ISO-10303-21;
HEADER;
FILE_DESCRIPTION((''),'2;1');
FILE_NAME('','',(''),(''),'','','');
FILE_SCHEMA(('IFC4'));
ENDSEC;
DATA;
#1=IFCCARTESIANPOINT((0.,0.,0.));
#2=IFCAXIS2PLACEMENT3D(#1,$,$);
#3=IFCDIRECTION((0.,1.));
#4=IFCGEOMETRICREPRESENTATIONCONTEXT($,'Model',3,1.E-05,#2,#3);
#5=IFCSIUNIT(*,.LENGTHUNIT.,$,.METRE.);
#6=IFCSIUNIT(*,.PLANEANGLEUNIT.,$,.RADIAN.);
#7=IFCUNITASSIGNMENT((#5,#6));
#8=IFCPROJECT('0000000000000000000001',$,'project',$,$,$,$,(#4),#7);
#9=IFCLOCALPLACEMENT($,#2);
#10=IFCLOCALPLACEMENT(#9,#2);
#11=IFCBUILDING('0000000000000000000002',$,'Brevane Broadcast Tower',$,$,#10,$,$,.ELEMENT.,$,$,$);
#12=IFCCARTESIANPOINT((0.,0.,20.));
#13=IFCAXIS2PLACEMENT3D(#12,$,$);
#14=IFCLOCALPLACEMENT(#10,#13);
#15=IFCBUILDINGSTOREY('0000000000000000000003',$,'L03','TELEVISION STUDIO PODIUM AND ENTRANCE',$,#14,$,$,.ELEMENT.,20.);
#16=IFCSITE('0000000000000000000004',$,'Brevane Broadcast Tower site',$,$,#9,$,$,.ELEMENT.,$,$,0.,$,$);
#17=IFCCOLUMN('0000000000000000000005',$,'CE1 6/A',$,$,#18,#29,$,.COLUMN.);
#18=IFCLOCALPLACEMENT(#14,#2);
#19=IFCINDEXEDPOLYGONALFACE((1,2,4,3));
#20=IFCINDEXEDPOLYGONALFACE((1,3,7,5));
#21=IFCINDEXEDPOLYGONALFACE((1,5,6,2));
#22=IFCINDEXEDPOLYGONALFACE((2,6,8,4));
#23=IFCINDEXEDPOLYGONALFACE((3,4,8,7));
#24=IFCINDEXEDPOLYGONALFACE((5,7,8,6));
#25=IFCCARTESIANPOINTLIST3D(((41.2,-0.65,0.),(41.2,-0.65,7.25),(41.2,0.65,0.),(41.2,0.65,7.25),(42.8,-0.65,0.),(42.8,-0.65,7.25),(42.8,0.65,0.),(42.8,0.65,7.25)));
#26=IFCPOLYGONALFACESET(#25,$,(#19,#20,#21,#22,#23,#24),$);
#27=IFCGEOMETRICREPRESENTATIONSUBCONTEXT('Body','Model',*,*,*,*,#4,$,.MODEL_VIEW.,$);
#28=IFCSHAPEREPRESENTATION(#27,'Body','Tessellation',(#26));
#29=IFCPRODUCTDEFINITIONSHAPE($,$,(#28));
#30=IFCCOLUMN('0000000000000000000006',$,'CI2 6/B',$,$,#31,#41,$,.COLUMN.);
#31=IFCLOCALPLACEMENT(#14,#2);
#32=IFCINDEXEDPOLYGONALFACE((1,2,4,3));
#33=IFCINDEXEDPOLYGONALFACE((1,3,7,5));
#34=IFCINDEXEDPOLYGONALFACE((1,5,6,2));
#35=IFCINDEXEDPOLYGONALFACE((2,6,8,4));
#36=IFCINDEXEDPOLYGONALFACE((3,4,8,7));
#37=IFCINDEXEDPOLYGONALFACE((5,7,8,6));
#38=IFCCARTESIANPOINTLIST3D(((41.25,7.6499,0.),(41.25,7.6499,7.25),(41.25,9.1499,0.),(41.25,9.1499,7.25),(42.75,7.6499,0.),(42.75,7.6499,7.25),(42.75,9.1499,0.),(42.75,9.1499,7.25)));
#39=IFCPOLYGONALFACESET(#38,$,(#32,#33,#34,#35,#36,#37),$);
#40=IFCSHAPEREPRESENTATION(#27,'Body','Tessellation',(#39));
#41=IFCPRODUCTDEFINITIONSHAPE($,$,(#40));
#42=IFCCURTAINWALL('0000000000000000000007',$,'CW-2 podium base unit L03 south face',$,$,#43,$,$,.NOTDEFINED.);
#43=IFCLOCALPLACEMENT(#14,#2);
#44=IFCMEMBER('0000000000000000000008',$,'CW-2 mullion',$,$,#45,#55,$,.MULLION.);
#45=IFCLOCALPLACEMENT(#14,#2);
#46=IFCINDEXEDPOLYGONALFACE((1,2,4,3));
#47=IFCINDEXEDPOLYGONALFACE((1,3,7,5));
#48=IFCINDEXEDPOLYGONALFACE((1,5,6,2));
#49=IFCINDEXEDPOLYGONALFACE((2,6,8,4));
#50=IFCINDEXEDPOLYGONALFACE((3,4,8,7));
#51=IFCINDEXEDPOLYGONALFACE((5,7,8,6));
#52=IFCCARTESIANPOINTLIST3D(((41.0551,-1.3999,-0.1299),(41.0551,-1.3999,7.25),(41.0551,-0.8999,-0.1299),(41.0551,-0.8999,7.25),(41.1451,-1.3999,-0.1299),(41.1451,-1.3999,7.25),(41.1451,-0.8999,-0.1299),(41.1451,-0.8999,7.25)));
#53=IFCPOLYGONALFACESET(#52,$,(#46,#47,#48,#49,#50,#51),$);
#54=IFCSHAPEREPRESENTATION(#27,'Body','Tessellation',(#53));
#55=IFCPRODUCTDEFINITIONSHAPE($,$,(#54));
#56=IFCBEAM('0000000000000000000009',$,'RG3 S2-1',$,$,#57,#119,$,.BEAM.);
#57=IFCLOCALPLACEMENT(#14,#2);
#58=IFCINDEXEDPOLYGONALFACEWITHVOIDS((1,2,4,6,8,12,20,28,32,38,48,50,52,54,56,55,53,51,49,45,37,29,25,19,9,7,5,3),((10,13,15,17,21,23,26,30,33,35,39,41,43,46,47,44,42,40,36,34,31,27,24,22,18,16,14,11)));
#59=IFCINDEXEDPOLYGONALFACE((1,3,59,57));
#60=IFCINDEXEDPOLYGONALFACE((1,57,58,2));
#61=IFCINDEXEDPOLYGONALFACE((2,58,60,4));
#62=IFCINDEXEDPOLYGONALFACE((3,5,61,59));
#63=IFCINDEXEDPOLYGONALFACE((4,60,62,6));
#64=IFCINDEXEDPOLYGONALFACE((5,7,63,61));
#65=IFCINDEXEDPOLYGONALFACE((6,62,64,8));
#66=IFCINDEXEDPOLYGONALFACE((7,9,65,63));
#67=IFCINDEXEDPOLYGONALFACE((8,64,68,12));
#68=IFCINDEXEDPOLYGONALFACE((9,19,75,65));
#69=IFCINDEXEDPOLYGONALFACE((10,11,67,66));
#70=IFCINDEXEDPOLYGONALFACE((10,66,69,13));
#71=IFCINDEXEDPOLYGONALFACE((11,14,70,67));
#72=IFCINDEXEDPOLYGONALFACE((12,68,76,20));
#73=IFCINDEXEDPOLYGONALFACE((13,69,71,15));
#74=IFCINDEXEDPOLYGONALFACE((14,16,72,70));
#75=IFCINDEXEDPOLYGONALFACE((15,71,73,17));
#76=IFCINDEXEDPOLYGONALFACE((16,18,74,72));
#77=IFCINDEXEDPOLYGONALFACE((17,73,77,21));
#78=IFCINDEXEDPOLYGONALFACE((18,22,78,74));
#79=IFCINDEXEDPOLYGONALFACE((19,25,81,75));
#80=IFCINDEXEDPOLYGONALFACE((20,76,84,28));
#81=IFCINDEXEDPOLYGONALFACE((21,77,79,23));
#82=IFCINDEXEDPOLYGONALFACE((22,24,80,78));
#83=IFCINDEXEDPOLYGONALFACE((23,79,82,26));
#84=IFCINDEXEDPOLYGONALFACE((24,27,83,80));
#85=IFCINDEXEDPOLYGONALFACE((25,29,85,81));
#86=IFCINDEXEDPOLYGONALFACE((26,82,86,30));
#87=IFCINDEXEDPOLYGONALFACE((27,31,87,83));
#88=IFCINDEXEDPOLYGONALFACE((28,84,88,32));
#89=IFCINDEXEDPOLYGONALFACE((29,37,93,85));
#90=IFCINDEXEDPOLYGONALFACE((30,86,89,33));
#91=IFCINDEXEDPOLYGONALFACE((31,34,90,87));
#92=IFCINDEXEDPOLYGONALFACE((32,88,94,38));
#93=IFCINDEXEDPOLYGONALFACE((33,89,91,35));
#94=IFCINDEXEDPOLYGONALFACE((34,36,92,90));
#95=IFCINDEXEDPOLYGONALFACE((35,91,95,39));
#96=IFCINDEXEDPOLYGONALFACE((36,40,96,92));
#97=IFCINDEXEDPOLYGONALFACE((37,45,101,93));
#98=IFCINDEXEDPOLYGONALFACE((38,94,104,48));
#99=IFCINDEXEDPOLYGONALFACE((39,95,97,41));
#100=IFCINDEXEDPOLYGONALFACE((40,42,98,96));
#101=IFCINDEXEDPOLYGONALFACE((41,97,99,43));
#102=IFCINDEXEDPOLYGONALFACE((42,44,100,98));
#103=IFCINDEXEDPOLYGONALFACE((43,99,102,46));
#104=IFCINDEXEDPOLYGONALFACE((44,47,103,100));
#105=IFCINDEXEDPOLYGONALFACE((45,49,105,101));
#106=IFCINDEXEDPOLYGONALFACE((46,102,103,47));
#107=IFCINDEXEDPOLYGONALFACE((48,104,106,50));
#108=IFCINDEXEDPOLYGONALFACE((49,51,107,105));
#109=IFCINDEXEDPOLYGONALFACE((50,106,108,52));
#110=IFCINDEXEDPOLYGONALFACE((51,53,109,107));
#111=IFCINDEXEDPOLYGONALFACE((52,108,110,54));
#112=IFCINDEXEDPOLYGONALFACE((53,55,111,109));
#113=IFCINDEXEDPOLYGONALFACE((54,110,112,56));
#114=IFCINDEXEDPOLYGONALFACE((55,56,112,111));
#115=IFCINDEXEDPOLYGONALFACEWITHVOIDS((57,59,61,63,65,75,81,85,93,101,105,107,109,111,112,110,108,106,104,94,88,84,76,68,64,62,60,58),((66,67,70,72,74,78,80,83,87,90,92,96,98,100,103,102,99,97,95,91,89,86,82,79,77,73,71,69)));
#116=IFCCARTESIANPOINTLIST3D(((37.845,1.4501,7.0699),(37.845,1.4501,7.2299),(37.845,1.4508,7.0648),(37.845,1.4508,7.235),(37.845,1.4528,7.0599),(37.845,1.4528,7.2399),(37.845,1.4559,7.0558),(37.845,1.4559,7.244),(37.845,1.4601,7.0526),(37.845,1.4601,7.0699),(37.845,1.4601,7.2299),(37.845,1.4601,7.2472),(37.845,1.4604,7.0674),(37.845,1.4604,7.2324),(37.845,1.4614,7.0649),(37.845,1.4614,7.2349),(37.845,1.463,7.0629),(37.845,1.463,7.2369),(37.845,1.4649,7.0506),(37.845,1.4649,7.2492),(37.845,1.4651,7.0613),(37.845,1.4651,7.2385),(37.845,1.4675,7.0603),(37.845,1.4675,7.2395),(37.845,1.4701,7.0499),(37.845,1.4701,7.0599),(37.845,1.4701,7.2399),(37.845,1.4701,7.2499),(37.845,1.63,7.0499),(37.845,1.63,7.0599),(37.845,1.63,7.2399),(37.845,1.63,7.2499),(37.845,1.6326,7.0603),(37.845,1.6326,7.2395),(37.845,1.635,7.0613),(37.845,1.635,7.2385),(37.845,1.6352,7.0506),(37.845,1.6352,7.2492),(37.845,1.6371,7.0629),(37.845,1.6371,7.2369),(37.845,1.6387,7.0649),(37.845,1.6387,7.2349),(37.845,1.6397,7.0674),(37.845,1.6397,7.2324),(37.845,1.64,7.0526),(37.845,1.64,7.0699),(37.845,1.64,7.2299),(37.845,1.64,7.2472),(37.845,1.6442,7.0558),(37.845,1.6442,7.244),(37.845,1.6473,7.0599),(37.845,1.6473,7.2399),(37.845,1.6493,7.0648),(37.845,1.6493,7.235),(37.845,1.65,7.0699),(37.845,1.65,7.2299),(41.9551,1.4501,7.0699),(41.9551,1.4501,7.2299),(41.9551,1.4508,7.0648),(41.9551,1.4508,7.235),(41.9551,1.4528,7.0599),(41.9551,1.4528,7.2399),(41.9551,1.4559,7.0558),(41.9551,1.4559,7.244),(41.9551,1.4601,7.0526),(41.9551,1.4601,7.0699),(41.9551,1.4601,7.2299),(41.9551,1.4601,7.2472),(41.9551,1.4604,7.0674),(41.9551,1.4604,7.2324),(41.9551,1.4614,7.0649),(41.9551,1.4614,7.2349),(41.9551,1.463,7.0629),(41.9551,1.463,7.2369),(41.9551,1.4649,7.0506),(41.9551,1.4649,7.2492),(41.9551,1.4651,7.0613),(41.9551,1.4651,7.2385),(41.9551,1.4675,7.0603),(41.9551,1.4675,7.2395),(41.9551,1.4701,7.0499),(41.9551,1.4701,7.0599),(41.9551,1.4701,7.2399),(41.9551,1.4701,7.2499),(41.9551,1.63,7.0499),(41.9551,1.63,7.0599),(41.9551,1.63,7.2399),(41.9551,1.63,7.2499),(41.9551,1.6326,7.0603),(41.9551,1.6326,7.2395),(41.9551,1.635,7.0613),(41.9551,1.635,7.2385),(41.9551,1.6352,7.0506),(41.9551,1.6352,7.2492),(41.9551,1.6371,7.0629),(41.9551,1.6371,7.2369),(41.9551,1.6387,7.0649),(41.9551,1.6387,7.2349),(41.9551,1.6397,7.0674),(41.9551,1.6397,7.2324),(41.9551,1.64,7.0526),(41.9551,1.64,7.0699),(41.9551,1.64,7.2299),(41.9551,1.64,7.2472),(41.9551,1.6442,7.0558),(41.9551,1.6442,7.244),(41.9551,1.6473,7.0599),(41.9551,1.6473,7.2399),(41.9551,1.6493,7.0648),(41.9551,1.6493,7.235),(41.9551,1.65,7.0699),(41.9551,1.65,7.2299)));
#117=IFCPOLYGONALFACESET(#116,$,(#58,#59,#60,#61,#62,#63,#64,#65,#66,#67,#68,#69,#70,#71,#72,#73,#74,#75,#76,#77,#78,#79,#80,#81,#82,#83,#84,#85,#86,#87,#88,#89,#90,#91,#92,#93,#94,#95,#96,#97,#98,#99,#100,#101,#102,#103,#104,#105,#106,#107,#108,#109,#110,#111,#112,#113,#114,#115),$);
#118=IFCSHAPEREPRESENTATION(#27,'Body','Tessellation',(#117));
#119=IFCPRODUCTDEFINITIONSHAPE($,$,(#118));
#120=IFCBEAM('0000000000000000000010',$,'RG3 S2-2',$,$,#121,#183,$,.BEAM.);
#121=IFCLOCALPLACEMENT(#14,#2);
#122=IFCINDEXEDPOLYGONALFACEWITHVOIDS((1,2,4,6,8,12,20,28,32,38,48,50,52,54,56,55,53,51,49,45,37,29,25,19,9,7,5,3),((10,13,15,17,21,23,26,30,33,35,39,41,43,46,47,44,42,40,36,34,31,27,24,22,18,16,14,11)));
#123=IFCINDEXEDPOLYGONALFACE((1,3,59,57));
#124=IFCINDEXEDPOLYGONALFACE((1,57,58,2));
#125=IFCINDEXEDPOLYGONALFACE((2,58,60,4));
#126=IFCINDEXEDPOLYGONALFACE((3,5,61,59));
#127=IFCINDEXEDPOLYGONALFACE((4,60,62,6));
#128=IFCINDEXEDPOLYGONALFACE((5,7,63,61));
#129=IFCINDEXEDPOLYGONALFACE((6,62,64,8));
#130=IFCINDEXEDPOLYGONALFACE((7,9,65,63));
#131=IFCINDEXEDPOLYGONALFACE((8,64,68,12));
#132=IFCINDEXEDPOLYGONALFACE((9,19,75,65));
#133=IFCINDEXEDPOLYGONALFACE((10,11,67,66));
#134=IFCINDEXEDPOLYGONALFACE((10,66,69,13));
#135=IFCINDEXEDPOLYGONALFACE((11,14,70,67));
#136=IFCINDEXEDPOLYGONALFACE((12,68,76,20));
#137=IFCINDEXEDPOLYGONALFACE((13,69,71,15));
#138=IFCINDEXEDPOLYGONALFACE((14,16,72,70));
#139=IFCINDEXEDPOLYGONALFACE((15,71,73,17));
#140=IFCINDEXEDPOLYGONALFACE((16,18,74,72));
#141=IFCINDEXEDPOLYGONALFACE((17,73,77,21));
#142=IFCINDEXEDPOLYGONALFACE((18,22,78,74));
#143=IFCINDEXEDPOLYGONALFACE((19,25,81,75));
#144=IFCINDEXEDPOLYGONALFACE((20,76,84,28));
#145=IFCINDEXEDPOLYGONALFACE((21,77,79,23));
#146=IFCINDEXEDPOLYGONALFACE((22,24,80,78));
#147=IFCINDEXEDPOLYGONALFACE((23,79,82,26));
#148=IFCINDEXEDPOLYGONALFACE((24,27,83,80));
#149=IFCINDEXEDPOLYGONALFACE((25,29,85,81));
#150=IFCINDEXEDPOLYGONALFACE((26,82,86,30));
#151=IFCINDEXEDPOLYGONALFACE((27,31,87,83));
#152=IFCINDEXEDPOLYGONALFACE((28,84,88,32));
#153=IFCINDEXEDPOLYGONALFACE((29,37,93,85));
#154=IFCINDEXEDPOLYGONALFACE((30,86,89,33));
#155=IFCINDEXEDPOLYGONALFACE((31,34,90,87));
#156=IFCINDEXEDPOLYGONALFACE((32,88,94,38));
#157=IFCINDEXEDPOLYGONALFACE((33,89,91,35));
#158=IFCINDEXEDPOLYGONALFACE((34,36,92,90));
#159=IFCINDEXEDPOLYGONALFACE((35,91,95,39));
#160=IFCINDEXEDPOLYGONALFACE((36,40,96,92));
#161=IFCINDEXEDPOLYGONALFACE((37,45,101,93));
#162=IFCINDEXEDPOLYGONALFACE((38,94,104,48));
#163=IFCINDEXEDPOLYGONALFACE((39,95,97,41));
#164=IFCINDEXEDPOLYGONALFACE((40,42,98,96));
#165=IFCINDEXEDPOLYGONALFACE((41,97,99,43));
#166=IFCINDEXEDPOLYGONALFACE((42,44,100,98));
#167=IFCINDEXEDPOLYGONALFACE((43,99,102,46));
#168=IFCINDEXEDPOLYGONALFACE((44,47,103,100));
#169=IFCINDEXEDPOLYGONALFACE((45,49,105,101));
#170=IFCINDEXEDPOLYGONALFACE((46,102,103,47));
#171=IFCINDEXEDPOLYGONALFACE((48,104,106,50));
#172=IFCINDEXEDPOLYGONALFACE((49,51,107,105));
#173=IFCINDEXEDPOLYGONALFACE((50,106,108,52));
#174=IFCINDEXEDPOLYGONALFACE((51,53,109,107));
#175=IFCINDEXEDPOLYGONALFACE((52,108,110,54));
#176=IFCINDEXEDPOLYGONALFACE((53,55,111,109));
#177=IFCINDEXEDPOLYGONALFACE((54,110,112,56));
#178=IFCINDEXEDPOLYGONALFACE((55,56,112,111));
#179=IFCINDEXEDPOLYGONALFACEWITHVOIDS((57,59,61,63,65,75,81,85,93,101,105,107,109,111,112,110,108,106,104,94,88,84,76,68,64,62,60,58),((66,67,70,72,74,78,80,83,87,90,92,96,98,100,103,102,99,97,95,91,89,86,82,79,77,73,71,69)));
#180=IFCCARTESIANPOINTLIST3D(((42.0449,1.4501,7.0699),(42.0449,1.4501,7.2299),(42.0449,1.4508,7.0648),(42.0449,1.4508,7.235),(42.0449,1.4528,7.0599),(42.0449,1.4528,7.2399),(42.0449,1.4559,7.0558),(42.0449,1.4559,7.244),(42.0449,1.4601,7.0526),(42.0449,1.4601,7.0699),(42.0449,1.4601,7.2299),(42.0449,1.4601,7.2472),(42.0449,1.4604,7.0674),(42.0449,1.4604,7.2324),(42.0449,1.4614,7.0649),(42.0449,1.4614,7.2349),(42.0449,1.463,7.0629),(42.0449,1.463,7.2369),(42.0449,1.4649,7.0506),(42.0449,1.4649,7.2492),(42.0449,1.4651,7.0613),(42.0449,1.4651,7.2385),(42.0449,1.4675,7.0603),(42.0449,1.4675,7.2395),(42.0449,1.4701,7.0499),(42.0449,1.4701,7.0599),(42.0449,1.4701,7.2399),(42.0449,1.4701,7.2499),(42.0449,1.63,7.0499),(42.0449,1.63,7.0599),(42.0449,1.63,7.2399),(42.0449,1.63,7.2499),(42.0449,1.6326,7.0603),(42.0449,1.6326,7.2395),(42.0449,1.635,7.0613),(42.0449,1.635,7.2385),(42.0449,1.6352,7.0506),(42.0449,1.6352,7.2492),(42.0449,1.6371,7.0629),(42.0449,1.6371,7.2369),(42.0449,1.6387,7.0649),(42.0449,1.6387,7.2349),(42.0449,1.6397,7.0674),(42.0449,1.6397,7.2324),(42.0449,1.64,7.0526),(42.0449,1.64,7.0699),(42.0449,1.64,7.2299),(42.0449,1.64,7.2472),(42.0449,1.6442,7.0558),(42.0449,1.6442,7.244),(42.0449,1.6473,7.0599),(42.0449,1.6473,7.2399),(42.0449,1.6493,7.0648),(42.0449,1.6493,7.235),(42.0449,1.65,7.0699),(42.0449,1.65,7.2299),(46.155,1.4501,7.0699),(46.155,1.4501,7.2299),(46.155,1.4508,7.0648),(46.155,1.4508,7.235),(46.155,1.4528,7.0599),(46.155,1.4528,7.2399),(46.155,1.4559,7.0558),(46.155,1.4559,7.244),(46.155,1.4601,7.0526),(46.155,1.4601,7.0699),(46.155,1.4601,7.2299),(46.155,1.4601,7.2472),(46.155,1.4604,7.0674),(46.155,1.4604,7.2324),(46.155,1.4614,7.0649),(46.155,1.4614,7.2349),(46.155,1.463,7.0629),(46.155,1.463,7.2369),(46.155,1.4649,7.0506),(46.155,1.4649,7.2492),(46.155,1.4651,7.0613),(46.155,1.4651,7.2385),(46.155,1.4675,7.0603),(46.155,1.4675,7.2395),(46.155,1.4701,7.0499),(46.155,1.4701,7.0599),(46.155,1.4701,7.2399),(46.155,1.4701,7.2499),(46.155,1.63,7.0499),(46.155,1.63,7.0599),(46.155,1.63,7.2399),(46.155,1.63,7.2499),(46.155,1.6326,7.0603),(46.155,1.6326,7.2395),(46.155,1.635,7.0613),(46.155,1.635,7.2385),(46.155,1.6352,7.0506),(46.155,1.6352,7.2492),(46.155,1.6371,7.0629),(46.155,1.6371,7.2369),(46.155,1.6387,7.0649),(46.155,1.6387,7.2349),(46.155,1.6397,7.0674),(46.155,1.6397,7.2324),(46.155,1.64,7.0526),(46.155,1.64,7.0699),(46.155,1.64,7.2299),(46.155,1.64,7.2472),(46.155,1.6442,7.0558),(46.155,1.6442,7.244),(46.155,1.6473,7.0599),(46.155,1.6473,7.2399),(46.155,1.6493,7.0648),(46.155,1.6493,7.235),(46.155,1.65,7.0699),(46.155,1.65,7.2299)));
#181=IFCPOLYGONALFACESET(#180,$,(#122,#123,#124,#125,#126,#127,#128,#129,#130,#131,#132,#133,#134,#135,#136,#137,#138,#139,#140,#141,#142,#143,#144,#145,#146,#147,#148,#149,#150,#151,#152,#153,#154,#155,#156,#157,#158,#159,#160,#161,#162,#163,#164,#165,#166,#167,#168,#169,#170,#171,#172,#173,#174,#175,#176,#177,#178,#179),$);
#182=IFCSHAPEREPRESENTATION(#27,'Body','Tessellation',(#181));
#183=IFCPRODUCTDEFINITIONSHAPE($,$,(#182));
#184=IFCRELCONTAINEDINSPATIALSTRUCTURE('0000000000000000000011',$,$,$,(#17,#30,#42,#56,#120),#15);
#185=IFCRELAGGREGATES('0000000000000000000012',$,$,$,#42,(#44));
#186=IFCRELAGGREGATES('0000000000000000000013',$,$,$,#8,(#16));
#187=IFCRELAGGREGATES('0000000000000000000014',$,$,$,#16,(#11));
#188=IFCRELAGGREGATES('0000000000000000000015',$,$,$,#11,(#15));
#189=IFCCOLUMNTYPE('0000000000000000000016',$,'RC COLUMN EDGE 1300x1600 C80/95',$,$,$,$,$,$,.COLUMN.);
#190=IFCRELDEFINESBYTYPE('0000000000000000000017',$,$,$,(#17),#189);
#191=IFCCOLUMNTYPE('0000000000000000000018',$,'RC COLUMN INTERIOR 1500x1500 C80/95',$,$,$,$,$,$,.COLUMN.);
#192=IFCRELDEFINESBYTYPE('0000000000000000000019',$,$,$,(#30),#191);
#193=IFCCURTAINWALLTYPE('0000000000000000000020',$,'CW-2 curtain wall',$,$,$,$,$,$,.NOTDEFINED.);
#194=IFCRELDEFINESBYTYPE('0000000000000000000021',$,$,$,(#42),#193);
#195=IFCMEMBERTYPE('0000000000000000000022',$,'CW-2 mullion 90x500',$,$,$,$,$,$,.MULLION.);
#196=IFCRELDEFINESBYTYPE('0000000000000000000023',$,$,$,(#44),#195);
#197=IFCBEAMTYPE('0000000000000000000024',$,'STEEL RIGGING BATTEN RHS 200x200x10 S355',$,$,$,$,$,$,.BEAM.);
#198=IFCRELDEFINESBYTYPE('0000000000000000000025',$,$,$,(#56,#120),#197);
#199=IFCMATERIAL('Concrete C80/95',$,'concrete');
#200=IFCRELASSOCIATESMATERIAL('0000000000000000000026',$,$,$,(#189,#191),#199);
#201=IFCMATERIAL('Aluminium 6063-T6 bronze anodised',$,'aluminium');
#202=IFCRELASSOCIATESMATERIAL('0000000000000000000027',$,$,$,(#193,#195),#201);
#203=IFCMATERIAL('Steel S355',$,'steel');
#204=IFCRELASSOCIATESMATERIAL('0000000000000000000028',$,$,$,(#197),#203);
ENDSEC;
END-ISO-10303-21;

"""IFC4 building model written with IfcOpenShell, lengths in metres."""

from ifc_helpers import new_model, si_unit, direction, frame, origin, origin_2d, place, context, subcontext, project, spatial, rectangle, hollow_rectangle, extrude, material, material_profile, profile_set, type_object, element, aggregate, save


model = new_model("IFC4")

# Units and contexts
model_context = context("Model", 3, precision=1e-05, world=origin(), true_north=direction((0.0, 1.0)))
body_context = subcontext(model_context, "Body", "Model", "MODEL_VIEW")
ifc_project = project(units=[si_unit("LENGTHUNIT", "METRE"), si_unit("PLANEANGLEUNIT", "RADIAN")], contexts=[model_context])

# Site, building, storey
site_placement = place(None, origin())
site = spatial("IfcSite", under=ifc_project, at=site_placement, Name="Brevane Broadcast Tower site", CompositionType="ELEMENT", RefElevation=0.0)
building_placement = place(site_placement, origin())
building = spatial("IfcBuilding", under=site, at=building_placement, Name="Brevane Broadcast Tower", CompositionType="ELEMENT")
storey_placement = place(building_placement, frame((0.0, 0.0, 20.0)))
storey = spatial("IfcBuildingStorey", under=building, at=storey_placement, Name="L03", Description="TELEVISION STUDIO PODIUM AND ENTRANCE", CompositionType="ELEMENT", Elevation=20.0)

# Columns
ifc_material_1 = material(Name="Concrete C80/95", Category="concrete")
ifc_material_profile_1 = material_profile(ifc_material_1, rectangle(XDim=1.3, YDim=1.6001, at=origin_2d()), Name="RC 1300x1600")
ifc_profile_set_1 = profile_set([ifc_material_profile_1], Name="Concrete C80/95")
column_type_1 = type_object("IfcColumnType", Name="RC COLUMN EDGE 1300x1600 C80/95", PredefinedType="COLUMN", material=ifc_profile_set_1)
column_1_placement = place(storey_placement, frame((42.0, 0.0, 0.0), z_axis=(0.0, 0.0, 1.0), x_axis=(0.0, 1.0, 0.0)))
element("IfcColumn", 1, at=column_1_placement, inside=storey, type_object=column_type_1, Name="CE1 6/A", PredefinedType="COLUMN", context=body_context, shape_type="SweptSolid", body=[
    extrude(rectangle(XDim=1.3, YDim=1.6001, at=origin_2d()), origin(), (0.0, 0.0, 1.0), 7.25),
])
ifc_material_profile_2 = material_profile(ifc_material_1, rectangle(XDim=1.5, YDim=1.5, at=origin_2d()), Name="RC 1500x1500")
ifc_profile_set_2 = profile_set([ifc_material_profile_2], Name="Concrete C80/95")
column_type_2 = type_object("IfcColumnType", Name="RC COLUMN INTERIOR 1500x1500 C80/95", PredefinedType="COLUMN", material=ifc_profile_set_2)
column_2_placement = place(storey_placement, frame((42.0, 8.3999, 0.0), z_axis=(0.0, 0.0, 1.0), x_axis=(1.0, 0.0, 0.0)))
element("IfcColumn", 2, at=column_2_placement, inside=storey, type_object=column_type_2, Name="CI2 6/B", PredefinedType="COLUMN", context=body_context, shape_type="SweptSolid", body=[
    extrude(rectangle(XDim=1.5, YDim=1.5, at=origin_2d()), origin(), (0.0, 0.0, 1.0), 7.25),
])

# Curtain wall, member
ifc_material_2 = material(Name="Aluminium 6063-T6 bronze anodised", Category="aluminium")
curtain_wall_type = type_object("IfcCurtainWallType", Name="CW-2 curtain wall", PredefinedType="NOTDEFINED", material=ifc_material_2)
curtain_wall_placement = place(storey_placement, origin())
curtain_wall = element("IfcCurtainWall", 3, at=curtain_wall_placement, inside=storey, type_object=curtain_wall_type, Name="CW-2 podium base unit L03 south face", PredefinedType="NOTDEFINED")
ifc_material_profile_3 = material_profile(ifc_material_2, rectangle(XDim=0.5, YDim=0.0901, at=origin_2d()), Name="RECT 90x500")
ifc_profile_set_3 = profile_set([ifc_material_profile_3], Name="Aluminium 6063-T6 bronze anodised")
member_type = type_object("IfcMemberType", Name="CW-2 mullion 90x500", PredefinedType="MULLION", material=ifc_profile_set_3)
member_placement = place(storey_placement, frame((41.1001, -1.1499, -0.1299), z_axis=(0.0, 0.0, 1.0), x_axis=(0.0, 1.0, 0.0)))
member = element("IfcMember", 4, at=member_placement, type_object=member_type, Name="CW-2 mullion", PredefinedType="MULLION", context=body_context, shape_type="SweptSolid", body=[
    extrude(rectangle(XDim=0.5, YDim=0.0901, at=origin_2d()), origin(), (0.0, 0.0, 1.0), 7.3799),
])
aggregate(curtain_wall, [member])

# Beams
ifc_material_3 = material(Name="Steel S355", Category="steel")
ifc_material_profile_4 = material_profile(ifc_material_3, hollow_rectangle(XDim=0.2, YDim=0.2, WallThickness=0.01, InnerFilletRadius=0.01, OuterFilletRadius=0.02, at=origin_2d()), Name="RHS 200x200x10")
ifc_profile_set_4 = profile_set([ifc_material_profile_4], Name="Steel S355")
beam_type_1 = type_object("IfcBeamType", Name="STEEL RIGGING BATTEN RHS 200x200x10 S355", PredefinedType="BEAM", material=ifc_profile_set_4)
for number, where, z_axis, x_axis, name in (
    (5, (37.845, 1.55, 7.1499), (1.0, 0.0, 0.0), (0.0, 1.0, 0.0), "RG3 S2-1"),
    (6, (42.0449, 1.55, 7.1499), (1.0, 0.0, 0.0), (0.0, 1.0, 0.0), "RG3 S2-2"),
):
    element("IfcBeam", number, at=place(storey_placement, frame(where, z_axis=z_axis, x_axis=x_axis)), inside=storey, type_object=beam_type_1, Name=name, PredefinedType="BEAM", context=body_context, shape_type="SweptSolid", body=[
        extrude(hollow_rectangle(XDim=0.2, YDim=0.2, WallThickness=0.01, InnerFilletRadius=0.01, OuterFilletRadius=0.02, at=origin_2d()), origin(), (0.0, 0.0, 1.0), 4.1101),
    ])

save(model, "model.ifc")
